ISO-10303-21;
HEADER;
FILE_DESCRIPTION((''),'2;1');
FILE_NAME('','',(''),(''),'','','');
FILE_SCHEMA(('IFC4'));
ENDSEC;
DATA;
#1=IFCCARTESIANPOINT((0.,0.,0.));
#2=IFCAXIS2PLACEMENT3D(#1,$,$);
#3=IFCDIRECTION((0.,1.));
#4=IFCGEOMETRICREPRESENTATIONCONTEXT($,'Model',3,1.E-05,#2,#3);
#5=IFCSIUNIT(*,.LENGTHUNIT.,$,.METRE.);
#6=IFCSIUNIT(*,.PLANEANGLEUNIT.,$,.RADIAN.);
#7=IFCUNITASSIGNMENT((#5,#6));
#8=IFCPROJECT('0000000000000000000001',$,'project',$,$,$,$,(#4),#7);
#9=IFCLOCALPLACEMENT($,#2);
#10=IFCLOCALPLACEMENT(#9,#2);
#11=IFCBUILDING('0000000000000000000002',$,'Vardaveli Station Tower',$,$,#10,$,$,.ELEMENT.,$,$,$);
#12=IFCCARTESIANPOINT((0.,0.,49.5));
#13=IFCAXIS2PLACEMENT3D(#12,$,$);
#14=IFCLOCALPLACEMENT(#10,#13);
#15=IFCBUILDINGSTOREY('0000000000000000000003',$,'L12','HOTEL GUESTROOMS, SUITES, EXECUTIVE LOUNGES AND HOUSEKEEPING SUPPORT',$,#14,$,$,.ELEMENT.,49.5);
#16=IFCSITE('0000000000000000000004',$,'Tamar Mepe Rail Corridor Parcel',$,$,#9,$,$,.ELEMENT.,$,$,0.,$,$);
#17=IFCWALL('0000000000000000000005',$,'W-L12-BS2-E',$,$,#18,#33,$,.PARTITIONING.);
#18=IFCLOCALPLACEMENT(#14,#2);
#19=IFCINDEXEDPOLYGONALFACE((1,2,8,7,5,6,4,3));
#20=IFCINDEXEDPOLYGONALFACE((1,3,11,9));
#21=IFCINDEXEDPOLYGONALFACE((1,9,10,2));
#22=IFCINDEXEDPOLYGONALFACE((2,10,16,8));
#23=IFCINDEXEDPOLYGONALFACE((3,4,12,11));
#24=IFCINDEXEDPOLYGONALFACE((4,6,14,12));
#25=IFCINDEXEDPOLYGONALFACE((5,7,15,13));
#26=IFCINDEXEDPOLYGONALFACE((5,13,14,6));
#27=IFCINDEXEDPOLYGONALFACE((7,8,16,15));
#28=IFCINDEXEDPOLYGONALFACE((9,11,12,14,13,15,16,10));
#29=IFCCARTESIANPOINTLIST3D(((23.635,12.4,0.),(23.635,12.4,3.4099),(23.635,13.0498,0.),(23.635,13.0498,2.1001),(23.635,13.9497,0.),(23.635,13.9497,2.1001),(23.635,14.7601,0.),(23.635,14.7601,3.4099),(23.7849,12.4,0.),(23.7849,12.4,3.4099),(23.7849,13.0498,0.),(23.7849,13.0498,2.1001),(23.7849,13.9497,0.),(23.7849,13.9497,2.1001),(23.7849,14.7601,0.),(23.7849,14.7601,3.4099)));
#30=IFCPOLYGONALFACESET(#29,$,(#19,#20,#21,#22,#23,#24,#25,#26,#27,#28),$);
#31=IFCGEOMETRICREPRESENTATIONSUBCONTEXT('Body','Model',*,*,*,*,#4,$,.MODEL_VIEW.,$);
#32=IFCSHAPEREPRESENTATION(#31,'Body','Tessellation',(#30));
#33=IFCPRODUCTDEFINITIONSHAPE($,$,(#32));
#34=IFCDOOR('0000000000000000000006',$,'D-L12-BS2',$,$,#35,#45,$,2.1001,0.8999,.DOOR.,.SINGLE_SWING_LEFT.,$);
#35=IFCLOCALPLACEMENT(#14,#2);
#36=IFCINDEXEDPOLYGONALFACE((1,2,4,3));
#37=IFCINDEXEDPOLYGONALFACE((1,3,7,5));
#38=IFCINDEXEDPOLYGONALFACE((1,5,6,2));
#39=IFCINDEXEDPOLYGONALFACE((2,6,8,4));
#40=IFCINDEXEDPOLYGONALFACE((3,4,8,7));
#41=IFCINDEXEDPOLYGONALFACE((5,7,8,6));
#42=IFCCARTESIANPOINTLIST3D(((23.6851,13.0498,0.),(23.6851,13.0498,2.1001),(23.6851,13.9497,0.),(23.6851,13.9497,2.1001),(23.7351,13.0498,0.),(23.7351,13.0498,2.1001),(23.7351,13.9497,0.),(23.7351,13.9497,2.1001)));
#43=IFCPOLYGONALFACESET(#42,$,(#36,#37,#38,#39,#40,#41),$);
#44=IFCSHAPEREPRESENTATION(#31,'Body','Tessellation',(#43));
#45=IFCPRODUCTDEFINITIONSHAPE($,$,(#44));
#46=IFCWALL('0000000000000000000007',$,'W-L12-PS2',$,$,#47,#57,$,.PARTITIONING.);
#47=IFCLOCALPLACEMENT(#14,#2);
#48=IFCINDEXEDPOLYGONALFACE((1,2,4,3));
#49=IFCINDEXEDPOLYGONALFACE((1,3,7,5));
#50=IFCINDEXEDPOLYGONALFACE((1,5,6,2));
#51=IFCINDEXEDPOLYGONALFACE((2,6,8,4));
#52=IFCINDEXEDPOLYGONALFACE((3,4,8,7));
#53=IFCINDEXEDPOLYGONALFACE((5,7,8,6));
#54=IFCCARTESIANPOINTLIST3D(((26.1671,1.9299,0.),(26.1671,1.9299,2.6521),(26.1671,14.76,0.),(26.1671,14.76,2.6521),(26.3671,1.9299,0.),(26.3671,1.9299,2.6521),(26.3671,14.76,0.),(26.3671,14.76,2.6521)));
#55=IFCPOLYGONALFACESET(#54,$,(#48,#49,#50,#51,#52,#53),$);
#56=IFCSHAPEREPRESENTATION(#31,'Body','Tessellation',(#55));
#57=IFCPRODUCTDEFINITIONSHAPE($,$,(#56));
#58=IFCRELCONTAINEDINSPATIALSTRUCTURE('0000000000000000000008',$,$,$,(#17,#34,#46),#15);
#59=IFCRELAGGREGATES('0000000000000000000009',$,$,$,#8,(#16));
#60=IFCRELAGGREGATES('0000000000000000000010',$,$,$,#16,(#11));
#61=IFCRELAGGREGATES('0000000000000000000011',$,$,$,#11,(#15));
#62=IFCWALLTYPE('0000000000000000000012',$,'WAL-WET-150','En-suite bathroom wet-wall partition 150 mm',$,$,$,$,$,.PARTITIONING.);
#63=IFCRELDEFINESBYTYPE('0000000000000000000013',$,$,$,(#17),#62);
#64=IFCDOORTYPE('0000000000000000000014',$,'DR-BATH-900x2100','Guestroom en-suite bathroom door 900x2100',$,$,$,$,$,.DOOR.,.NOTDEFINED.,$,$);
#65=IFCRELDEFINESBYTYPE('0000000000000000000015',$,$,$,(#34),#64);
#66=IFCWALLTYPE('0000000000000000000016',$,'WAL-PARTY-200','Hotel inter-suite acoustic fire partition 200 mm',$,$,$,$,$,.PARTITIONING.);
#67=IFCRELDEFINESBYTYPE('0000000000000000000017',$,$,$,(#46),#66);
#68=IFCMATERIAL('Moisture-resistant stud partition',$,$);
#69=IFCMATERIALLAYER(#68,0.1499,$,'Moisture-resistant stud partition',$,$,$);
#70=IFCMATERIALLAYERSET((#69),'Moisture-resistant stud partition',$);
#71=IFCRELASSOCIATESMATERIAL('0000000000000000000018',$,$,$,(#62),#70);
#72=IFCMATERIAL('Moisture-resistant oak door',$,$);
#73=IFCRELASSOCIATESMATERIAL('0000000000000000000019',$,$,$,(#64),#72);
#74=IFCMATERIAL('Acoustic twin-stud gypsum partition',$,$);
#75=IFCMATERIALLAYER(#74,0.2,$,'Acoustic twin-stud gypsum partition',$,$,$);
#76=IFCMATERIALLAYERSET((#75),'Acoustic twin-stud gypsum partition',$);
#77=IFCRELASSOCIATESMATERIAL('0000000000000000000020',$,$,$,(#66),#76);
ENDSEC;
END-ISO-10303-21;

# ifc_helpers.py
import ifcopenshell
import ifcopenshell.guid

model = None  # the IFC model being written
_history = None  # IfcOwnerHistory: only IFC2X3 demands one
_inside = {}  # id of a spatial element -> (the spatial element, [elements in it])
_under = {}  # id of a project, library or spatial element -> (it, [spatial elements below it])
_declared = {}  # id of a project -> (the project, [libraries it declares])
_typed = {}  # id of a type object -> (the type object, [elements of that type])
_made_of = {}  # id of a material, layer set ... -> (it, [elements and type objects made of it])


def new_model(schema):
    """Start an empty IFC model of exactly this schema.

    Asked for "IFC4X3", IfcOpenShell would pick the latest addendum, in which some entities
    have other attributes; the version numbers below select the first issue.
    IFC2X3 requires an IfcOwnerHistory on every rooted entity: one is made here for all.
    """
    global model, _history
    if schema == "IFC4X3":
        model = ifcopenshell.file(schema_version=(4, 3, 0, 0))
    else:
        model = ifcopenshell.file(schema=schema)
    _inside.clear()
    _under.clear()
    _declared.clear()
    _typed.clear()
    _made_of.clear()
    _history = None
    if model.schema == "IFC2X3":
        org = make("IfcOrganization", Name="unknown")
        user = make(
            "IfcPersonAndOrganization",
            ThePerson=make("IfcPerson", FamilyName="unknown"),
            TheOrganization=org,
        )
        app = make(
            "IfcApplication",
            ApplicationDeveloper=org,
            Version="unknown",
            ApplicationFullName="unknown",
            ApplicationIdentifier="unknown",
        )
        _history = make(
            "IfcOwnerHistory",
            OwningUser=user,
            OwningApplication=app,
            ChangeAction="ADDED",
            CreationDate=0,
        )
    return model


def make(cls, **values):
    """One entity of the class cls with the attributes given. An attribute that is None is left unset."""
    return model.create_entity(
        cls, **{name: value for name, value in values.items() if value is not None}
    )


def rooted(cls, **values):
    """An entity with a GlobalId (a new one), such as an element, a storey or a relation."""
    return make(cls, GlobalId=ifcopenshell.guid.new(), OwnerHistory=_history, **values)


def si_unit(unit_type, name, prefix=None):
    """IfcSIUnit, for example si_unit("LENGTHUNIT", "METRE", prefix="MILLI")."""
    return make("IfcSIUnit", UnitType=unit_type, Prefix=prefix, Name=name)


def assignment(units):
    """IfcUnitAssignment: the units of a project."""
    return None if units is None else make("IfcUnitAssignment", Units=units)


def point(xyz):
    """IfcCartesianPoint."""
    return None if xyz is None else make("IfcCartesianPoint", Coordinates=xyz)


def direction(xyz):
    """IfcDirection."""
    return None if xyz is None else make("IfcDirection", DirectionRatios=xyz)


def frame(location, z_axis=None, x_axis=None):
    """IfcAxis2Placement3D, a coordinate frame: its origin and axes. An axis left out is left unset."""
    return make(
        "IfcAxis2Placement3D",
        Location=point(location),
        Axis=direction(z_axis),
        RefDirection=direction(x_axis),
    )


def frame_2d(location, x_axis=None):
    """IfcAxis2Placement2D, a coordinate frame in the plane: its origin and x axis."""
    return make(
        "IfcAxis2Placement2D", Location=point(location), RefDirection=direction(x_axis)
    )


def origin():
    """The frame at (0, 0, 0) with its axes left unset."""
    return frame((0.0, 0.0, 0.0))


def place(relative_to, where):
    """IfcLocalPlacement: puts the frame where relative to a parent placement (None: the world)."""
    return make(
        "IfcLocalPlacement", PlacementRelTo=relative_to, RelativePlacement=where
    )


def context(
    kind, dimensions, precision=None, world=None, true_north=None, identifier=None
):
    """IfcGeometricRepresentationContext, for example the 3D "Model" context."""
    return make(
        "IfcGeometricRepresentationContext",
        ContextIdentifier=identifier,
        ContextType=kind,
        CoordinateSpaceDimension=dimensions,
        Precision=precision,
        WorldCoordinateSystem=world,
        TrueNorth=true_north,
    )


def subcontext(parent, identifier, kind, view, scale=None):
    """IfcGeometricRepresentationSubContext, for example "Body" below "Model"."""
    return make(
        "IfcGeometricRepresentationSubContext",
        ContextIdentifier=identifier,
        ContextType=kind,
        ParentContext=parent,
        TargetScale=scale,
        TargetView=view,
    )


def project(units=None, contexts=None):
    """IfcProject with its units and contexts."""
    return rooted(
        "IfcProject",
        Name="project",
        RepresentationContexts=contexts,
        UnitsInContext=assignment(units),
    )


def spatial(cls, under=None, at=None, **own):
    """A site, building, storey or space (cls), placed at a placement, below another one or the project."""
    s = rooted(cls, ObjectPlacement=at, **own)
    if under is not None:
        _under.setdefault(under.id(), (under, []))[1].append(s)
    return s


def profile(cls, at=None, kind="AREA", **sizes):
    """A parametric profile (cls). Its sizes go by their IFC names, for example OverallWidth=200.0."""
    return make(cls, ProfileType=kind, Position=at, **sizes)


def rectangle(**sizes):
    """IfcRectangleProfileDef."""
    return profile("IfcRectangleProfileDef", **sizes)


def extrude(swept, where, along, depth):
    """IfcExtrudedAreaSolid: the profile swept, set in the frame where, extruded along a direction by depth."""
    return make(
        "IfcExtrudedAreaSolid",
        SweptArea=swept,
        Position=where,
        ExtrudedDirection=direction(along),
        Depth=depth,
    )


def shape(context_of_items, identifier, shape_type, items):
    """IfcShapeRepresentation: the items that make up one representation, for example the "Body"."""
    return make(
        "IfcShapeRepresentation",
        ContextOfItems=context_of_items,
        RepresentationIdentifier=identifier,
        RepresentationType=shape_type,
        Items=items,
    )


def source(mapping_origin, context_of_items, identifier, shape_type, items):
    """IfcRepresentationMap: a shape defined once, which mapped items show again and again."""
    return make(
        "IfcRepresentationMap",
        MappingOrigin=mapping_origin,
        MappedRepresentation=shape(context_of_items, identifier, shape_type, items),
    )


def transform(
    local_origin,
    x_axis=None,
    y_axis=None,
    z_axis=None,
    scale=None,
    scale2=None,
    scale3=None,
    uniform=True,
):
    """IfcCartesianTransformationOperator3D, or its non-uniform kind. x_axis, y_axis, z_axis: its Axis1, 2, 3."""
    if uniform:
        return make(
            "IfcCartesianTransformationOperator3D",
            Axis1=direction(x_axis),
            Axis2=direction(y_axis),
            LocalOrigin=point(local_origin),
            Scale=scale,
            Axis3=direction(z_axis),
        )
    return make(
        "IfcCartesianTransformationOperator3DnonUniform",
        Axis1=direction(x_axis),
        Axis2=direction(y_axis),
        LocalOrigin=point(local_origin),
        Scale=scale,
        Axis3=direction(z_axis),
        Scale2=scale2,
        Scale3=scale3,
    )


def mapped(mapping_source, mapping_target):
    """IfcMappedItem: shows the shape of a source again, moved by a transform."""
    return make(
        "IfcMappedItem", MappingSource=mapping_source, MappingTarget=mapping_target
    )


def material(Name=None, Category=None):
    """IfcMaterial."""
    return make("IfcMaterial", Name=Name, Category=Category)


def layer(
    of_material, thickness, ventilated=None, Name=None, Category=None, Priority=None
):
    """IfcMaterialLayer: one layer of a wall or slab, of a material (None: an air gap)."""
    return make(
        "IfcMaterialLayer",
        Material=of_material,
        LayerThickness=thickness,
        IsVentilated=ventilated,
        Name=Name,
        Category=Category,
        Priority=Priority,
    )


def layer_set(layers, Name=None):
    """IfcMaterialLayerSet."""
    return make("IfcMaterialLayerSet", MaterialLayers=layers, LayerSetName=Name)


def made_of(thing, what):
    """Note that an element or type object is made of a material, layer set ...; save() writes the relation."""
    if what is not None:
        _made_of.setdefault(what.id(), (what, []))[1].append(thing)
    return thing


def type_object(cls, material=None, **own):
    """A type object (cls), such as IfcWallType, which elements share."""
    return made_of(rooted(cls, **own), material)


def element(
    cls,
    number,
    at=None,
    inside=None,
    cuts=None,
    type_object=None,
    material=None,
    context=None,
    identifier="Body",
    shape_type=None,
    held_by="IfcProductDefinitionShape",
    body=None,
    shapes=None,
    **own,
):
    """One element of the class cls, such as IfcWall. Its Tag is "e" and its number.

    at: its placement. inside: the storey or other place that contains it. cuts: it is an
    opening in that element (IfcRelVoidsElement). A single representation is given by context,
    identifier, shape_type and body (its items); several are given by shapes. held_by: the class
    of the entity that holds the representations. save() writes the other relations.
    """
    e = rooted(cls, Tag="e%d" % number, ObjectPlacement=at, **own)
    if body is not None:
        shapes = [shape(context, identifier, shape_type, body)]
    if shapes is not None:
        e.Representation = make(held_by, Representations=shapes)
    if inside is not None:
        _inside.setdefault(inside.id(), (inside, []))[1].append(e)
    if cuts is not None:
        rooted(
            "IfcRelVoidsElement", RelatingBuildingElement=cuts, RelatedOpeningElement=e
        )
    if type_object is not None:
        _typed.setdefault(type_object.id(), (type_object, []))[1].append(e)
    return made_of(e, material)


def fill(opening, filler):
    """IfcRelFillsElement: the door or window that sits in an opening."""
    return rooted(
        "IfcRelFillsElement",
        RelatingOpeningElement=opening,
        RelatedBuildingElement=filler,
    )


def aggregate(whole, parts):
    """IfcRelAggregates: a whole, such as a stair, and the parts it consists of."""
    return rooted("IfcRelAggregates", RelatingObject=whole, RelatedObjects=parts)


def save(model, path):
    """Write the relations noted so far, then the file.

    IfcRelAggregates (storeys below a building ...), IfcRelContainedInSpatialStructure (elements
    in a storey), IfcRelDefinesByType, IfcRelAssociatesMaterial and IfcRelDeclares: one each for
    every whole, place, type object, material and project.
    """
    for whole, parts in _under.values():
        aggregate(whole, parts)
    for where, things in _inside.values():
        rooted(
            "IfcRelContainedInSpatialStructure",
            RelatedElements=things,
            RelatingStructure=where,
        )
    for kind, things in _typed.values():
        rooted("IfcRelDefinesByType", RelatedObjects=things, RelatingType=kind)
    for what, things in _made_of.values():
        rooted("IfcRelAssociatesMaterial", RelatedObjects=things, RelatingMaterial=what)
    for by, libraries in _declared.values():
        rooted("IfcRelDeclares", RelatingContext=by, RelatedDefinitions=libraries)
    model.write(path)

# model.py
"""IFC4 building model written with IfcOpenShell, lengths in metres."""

from ifc_helpers import new_model, si_unit, direction, frame, frame_2d, origin, place, context, subcontext, project, spatial, rectangle, extrude, source, transform, mapped, material, layer, layer_set, type_object, element, fill, save


model = new_model("IFC4")

# Units and contexts
model_context = context("Model", 3, precision=1e-05, world=origin(), true_north=direction((0.0, 1.0)))
body_context = subcontext(model_context, "Body", "Model", "MODEL_VIEW")
ifc_project = project(units=[si_unit("LENGTHUNIT", "METRE"), si_unit("PLANEANGLEUNIT", "RADIAN")], contexts=[model_context])

# Site, building, storey
site_placement = place(None, origin())
site = spatial("IfcSite", under=ifc_project, at=site_placement, Name="Tamar Mepe Rail Corridor Parcel", CompositionType="ELEMENT", RefElevation=0.0)
building_placement = place(site_placement, origin())
building = spatial("IfcBuilding", under=site, at=building_placement, Name="Vardaveli Station Tower", CompositionType="ELEMENT")
storey_placement = place(building_placement, frame((0.0, 0.0, 49.5)))
storey = spatial("IfcBuildingStorey", under=building, at=storey_placement, Name="L12", Description="HOTEL GUESTROOMS, SUITES, EXECUTIVE LOUNGES AND HOUSEKEEPING SUPPORT", CompositionType="ELEMENT", Elevation=49.5)

# Wall, opening, door
ifc_material_1 = material(Name="Moisture-resistant stud partition")
ifc_layer_1 = layer(ifc_material_1, 0.1499, Name="Moisture-resistant stud partition")
ifc_layer_set_1 = layer_set([ifc_layer_1], Name="Moisture-resistant stud partition")
wall_type_1 = type_object("IfcWallType", Name="WAL-WET-150", Description="En-suite bathroom wet-wall partition 150 mm", PredefinedType="PARTITIONING", material=ifc_layer_set_1)
shared_shape_1 = source(origin(), body_context, "Body", "SweptSolid", [
    extrude(rectangle(XDim=2.3601, YDim=0.1499, at=frame_2d((1.1802, 0.0))), origin(), (0.0, 0.0, 1.0), 3.4099),
])
wall_1_placement = place(storey_placement, frame((23.71, 12.3999, 0.0), z_axis=(0.0, 0.0, 1.0), x_axis=(0.0, 1.0, 0.0)))
wall_1 = element("IfcWall", 1, at=wall_1_placement, inside=storey, type_object=wall_type_1, Name="W-L12-BS2-E", PredefinedType="PARTITIONING", context=body_context, shape_type="MappedRepresentation", body=[
    mapped(shared_shape_1, transform((0.0, 0.0, 0.0), scale=1.0)),
])
shared_shape_2 = source(origin(), body_context, "Body", "SweptSolid", [
    extrude(rectangle(XDim=0.8999, YDim=2.1001, at=frame_2d((0.45, 1.05))), frame((0.0, 0.085, 0.0), z_axis=(0.0, -1.0, 0.0), x_axis=(1.0, 0.0, 0.0)), (0.0, 0.0, 1.0), 0.1699),
])
opening_1_placement = place(wall_1_placement, frame((0.6499, 0.0, 0.0)))
opening_1 = element("IfcOpeningElement", 2, at=opening_1_placement, cuts=wall_1, PredefinedType="OPENING", context=body_context, shape_type="MappedRepresentation", body=[
    mapped(shared_shape_2, transform((0.0, 0.0, 0.0), scale=1.0)),
])
ifc_material_2 = material(Name="Moisture-resistant oak door")
door_type = type_object("IfcDoorType", Name="DR-BATH-900x2100", Description="Guestroom en-suite bathroom door 900x2100", OperationType="NOTDEFINED", PredefinedType="DOOR", material=ifc_material_2)
shared_shape_3 = source(origin(), body_context, "Body", "SweptSolid", [
    extrude(rectangle(XDim=0.8999, YDim=2.1001, at=frame_2d((0.45, 1.05))), frame((0.0, 0.0249, 0.0), z_axis=(0.0, -1.0, 0.0), x_axis=(1.0, 0.0, 0.0)), (0.0, 0.0, 1.0), 0.05),
])
door_placement = place(opening_1_placement, origin())
door = element("IfcDoor", 3, at=door_placement, inside=storey, type_object=door_type, Name="D-L12-BS2", OperationType="SINGLE_SWING_LEFT", OverallHeight=2.1001, OverallWidth=0.8999, PredefinedType="DOOR", context=body_context, shape_type="MappedRepresentation", body=[
    mapped(shared_shape_3, transform((0.0, 0.0, 0.0), scale=1.0)),
])
fill(opening_1, door)

# Wall
ifc_material_3 = material(Name="Acoustic twin-stud gypsum partition")
ifc_layer_2 = layer(ifc_material_3, 0.2, Name="Acoustic twin-stud gypsum partition")
ifc_layer_set_2 = layer_set([ifc_layer_2], Name="Acoustic twin-stud gypsum partition")
wall_type_2 = type_object("IfcWallType", Name="WAL-PARTY-200", Description="Hotel inter-suite acoustic fire partition 200 mm", PredefinedType="PARTITIONING", material=ifc_layer_set_2)
shared_shape_4 = source(origin(), body_context, "Body", "SweptSolid", [
    extrude(rectangle(XDim=12.8301, YDim=0.2, at=frame_2d((6.415, 0.0))), origin(), (0.0, 0.0, 1.0), 2.6521),
])
wall_2_placement = place(storey_placement, frame((26.2671, 1.9299, 0.0), z_axis=(0.0, 0.0, 1.0), x_axis=(0.0, 1.0, 0.0)))
element("IfcWall", 4, at=wall_2_placement, inside=storey, type_object=wall_type_2, Name="W-L12-PS2", PredefinedType="PARTITIONING", context=body_context, shape_type="MappedRepresentation", body=[
    mapped(shared_shape_4, transform((0.0, 0.0, 0.0), scale=1.0)),
])

save(model, "model.ifc")
